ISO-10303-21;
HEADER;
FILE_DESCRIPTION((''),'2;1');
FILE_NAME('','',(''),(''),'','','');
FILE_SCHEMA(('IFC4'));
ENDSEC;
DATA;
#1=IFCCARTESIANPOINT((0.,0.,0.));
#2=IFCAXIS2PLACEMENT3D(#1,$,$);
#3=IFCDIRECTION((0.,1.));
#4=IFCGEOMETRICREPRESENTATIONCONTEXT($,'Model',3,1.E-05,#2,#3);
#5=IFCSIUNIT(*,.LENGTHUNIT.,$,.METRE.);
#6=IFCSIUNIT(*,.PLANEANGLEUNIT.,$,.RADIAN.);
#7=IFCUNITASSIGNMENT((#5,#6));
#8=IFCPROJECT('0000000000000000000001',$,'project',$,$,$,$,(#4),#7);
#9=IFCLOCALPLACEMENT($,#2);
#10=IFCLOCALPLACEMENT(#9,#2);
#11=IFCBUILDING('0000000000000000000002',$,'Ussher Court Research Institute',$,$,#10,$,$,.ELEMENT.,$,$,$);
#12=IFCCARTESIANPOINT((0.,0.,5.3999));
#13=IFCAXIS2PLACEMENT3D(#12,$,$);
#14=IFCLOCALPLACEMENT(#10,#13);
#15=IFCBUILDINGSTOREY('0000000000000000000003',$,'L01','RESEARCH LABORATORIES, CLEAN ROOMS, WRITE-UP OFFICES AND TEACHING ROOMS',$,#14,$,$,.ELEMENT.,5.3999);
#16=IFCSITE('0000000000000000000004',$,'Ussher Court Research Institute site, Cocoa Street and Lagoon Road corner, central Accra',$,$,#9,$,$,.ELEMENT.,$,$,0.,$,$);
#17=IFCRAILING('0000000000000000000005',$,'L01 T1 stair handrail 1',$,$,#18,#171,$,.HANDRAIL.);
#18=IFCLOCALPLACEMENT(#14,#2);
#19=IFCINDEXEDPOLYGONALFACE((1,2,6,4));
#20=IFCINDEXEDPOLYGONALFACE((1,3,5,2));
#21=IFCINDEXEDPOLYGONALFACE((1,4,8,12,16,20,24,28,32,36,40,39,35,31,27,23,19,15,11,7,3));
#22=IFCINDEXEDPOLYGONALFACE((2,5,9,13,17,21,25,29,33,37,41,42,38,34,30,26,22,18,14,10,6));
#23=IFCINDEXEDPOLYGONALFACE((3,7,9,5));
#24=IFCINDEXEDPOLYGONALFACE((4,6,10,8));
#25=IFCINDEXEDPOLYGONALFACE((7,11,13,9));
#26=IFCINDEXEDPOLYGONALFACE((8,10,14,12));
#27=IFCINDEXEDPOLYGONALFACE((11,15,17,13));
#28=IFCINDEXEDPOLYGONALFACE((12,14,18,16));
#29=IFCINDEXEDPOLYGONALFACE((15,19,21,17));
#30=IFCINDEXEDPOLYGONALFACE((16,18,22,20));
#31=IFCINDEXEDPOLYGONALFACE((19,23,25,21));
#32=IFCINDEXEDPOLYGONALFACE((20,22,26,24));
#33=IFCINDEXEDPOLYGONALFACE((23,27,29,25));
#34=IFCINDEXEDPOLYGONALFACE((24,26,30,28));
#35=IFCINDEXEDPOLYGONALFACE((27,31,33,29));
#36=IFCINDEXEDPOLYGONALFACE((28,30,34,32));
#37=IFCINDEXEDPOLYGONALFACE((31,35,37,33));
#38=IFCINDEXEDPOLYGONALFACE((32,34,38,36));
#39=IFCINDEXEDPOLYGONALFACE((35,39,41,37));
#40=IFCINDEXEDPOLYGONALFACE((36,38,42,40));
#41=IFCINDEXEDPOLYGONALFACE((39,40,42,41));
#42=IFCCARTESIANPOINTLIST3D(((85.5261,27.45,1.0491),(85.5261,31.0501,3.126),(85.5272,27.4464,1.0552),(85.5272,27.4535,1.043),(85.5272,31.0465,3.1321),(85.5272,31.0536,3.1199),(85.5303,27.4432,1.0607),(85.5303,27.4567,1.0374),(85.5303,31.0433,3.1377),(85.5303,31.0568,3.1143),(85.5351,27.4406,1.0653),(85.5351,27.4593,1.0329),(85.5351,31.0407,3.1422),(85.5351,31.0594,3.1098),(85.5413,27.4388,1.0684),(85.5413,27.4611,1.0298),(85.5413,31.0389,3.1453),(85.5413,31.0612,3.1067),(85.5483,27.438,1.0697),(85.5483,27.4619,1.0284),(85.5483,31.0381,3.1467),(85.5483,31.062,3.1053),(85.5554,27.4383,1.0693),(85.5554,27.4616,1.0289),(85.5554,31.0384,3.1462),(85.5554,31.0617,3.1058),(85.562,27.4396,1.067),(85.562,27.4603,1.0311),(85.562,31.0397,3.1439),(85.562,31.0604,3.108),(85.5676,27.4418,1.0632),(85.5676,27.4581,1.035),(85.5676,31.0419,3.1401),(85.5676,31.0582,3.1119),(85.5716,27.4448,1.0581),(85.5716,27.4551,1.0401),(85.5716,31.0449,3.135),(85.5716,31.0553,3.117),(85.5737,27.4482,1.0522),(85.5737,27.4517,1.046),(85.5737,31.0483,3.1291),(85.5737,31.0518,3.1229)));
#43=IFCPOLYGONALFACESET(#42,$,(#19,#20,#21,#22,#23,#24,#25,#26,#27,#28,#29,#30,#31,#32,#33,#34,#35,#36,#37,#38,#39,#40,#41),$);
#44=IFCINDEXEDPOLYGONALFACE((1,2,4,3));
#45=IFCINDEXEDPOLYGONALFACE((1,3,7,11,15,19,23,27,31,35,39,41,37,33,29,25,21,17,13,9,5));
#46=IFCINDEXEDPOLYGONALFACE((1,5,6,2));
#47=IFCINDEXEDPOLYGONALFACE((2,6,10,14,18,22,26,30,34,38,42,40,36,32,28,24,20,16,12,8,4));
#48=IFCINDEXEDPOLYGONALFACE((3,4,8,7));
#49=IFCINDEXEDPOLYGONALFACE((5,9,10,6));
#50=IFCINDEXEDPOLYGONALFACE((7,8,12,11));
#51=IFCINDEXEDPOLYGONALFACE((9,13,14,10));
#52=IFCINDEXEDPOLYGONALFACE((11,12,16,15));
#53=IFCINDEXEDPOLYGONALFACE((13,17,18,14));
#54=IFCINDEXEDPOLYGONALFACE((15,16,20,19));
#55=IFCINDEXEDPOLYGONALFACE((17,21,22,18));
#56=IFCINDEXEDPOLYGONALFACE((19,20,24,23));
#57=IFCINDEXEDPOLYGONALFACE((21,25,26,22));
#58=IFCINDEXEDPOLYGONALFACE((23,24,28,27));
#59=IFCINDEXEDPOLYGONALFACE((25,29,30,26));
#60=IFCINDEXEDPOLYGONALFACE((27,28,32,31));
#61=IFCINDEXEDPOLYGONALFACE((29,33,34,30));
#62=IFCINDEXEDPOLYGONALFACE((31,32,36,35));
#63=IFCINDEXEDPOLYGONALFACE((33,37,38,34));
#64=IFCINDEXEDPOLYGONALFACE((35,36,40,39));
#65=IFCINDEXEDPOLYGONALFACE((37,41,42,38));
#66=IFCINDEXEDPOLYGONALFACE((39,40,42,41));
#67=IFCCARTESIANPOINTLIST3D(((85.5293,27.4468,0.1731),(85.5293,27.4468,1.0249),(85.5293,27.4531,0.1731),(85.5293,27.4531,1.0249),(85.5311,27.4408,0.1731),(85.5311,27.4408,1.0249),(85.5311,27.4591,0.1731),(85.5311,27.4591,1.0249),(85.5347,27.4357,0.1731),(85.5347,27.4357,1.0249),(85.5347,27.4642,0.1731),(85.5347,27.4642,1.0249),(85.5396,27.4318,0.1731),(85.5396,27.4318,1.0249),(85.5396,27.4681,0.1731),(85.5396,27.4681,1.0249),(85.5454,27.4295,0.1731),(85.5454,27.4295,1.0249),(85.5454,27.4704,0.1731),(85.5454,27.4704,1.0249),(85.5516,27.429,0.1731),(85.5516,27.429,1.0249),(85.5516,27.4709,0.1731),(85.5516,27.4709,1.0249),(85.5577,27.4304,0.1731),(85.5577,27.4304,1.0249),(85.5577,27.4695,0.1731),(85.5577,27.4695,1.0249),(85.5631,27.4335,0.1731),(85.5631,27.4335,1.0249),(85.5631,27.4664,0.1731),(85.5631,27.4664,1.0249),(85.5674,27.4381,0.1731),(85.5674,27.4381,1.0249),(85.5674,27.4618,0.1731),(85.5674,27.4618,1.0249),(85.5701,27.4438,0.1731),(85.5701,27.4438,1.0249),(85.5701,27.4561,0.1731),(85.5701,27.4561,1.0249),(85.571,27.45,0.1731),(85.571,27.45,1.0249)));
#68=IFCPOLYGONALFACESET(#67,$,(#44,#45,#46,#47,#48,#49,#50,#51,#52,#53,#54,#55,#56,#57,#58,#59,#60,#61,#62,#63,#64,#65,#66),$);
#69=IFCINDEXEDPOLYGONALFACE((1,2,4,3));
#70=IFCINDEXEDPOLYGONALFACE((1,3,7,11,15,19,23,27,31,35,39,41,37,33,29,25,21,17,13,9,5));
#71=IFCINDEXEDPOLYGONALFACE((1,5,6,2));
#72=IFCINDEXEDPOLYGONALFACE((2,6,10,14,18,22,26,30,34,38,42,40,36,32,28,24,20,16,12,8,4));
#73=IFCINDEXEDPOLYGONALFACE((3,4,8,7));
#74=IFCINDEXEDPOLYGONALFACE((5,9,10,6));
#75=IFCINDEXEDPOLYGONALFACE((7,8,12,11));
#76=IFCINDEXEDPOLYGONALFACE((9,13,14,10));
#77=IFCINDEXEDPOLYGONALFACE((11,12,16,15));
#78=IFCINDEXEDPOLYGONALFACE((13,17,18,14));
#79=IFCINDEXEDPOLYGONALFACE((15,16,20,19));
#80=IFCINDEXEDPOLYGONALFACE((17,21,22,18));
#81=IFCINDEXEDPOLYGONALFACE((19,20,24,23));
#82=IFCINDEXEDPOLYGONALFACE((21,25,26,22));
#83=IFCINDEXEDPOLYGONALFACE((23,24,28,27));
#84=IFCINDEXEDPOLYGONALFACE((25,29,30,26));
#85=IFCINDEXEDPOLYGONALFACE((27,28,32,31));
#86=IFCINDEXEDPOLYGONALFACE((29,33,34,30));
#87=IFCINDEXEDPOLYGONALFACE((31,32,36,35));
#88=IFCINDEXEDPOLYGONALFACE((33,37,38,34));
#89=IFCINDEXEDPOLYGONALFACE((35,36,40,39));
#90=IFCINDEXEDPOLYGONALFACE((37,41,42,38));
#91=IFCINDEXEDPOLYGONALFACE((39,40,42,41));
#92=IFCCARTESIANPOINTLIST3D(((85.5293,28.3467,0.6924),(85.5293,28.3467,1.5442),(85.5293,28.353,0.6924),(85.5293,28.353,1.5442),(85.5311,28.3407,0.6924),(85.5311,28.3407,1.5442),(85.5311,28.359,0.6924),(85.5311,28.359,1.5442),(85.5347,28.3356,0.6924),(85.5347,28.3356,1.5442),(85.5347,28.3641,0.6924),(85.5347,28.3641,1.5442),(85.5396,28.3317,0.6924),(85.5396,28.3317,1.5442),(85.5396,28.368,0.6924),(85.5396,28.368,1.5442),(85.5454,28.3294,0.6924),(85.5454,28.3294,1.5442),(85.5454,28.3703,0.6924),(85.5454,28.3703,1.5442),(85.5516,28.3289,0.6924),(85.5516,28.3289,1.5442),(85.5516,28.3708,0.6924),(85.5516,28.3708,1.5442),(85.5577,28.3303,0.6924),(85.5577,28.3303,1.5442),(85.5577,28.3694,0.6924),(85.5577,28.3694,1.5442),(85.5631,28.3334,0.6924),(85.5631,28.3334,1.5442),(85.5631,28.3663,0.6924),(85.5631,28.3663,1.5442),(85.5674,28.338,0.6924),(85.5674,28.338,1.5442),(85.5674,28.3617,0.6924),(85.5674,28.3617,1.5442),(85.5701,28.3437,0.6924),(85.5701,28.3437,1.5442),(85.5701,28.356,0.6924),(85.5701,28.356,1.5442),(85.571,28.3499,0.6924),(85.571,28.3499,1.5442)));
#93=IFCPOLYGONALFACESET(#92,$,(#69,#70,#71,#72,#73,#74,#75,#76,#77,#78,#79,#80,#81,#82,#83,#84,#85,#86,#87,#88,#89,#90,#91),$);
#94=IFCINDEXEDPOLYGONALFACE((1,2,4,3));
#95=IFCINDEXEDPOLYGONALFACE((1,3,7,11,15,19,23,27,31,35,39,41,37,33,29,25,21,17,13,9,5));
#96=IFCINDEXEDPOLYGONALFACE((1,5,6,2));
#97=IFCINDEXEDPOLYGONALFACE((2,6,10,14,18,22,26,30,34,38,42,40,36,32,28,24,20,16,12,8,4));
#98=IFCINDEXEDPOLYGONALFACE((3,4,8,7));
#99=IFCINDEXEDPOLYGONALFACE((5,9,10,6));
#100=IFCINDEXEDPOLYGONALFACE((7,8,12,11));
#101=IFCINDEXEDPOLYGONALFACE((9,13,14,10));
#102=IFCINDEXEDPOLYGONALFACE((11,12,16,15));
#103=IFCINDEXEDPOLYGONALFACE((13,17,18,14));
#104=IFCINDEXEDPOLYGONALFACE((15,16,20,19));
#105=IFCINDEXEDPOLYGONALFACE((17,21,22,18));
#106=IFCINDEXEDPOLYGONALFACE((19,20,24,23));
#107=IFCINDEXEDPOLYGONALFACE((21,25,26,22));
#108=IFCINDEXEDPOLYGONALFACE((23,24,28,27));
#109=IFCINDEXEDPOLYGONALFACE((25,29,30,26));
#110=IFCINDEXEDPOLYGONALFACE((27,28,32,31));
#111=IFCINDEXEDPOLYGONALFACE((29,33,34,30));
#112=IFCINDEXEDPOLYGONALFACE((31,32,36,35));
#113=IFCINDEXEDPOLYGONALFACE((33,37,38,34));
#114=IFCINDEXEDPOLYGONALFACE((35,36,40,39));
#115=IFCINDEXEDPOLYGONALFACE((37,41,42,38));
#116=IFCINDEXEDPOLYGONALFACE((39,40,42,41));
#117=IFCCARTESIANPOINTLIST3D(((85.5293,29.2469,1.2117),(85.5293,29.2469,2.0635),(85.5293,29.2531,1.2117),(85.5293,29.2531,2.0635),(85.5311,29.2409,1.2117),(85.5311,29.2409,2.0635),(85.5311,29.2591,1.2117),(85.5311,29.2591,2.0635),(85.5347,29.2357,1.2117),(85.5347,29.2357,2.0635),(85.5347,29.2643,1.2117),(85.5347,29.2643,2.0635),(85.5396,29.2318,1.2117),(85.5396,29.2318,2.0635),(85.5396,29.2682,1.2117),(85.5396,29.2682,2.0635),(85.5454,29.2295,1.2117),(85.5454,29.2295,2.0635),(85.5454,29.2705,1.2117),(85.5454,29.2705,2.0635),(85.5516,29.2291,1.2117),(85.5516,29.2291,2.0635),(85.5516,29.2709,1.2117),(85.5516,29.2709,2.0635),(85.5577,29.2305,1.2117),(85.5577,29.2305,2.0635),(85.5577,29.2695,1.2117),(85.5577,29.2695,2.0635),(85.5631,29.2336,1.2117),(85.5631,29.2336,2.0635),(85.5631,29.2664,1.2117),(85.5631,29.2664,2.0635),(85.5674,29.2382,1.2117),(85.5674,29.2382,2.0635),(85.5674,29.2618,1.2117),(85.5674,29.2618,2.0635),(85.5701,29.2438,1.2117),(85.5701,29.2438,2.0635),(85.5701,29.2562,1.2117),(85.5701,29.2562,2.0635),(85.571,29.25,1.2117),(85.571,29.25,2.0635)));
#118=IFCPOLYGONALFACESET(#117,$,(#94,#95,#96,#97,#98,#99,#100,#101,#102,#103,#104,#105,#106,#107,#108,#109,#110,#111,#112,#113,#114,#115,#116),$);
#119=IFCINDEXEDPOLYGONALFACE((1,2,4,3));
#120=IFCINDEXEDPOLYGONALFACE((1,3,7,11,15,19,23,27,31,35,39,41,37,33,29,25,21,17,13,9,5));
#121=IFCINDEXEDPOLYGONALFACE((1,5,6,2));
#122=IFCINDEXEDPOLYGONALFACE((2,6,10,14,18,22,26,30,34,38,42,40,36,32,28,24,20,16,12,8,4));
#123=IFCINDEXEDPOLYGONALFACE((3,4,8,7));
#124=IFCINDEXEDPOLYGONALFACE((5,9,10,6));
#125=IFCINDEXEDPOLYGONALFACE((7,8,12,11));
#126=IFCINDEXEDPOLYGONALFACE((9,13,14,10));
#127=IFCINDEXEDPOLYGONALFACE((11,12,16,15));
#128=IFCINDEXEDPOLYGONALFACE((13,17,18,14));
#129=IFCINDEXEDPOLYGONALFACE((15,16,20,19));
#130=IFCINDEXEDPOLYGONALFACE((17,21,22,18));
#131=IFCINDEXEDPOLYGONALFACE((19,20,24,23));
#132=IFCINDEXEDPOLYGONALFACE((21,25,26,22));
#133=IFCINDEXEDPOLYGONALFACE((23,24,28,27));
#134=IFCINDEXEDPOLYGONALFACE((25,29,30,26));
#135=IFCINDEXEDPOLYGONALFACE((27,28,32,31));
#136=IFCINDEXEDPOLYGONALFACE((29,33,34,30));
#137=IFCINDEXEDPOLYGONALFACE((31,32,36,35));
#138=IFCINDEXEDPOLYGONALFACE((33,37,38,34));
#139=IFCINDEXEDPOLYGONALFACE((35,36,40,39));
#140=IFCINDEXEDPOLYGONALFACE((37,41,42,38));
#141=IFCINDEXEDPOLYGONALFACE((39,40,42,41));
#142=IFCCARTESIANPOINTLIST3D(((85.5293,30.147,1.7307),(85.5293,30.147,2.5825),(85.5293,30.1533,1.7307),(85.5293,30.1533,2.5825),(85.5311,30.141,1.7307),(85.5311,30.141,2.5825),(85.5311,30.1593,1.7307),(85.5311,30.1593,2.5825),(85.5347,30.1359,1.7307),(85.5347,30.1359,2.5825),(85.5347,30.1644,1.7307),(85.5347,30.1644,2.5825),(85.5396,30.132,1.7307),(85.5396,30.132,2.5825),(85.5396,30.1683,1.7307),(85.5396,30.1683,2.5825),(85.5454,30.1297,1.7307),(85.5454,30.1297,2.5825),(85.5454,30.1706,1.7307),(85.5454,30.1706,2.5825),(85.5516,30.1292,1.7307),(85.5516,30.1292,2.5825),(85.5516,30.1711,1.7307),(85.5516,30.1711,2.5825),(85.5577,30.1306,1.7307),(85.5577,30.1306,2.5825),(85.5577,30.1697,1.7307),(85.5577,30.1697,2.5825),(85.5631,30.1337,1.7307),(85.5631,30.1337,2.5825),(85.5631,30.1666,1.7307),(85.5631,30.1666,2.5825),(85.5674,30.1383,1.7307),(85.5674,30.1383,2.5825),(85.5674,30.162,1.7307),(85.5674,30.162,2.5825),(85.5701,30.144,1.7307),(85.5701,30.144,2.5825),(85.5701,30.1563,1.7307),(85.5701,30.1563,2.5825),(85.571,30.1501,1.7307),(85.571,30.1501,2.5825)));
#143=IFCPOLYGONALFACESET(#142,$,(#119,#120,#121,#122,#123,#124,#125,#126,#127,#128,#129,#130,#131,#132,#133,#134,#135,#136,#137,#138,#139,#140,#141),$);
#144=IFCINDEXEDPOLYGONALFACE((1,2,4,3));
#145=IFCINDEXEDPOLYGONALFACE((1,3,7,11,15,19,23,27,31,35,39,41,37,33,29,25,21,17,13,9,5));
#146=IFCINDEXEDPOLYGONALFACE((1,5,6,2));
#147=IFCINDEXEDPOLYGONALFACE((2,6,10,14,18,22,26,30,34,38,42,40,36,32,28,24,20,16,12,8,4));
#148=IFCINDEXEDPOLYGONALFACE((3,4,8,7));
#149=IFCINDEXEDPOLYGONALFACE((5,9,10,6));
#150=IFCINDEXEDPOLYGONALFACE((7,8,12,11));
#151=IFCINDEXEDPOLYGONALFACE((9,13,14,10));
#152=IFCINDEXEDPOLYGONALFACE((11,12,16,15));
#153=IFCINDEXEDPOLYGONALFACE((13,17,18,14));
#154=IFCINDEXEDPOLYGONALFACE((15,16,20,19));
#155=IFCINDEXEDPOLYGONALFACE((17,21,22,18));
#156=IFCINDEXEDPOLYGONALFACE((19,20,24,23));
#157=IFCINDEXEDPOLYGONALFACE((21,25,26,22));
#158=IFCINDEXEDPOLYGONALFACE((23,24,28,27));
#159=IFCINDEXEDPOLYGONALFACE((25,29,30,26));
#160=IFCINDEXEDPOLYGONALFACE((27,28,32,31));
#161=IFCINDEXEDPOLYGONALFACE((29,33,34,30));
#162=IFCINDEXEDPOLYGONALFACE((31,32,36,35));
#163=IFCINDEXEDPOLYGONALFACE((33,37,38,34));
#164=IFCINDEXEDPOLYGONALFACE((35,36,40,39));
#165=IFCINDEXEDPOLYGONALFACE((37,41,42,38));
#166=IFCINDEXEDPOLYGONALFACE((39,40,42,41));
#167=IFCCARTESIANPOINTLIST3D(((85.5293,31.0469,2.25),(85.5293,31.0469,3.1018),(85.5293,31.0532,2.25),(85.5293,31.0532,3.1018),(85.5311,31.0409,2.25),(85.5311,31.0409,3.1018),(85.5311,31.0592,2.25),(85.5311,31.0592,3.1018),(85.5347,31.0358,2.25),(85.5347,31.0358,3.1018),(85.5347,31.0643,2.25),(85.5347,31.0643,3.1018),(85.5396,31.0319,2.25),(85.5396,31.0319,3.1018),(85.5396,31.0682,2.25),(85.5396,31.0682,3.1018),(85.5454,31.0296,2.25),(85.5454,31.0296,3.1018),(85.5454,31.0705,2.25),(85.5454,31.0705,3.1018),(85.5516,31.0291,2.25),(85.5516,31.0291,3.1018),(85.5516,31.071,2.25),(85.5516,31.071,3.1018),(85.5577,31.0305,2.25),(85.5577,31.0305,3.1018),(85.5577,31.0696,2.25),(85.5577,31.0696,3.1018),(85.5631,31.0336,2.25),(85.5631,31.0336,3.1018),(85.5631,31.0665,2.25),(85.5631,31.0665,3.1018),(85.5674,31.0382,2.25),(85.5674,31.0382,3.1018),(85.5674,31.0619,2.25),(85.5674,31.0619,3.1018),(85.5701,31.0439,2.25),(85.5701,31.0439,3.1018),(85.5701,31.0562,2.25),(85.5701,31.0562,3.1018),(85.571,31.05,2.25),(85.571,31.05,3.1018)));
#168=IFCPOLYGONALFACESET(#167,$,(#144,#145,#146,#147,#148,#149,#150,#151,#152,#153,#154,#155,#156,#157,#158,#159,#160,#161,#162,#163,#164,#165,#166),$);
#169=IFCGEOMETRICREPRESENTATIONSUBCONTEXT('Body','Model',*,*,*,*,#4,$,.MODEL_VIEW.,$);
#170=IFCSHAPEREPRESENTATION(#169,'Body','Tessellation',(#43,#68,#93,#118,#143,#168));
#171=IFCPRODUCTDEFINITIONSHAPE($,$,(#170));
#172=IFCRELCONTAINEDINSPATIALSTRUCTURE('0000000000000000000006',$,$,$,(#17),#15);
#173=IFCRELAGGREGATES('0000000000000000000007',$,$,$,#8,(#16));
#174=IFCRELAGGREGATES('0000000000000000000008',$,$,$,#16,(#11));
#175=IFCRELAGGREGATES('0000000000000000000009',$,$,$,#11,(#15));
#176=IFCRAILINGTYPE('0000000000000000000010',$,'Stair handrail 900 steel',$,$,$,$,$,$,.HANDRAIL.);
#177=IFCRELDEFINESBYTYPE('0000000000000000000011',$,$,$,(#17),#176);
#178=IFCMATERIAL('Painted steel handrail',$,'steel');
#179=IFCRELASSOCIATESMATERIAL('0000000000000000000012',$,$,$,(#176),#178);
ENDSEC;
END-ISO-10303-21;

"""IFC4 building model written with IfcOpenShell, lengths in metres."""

from ifc_helpers import new_model, si_unit, direction, frame, origin, origin_2d, place, context, subcontext, project, spatial, circle, extrude, material, type_object, element, save


model = new_model("IFC4")

# Units and contexts
model_context = context("Model", 3, precision=1e-05, world=origin(), true_north=direction((0.0, 1.0)))
body_context = subcontext(model_context, "Body", "Model", "MODEL_VIEW")
ifc_project = project(units=[si_unit("LENGTHUNIT", "METRE"), si_unit("PLANEANGLEUNIT", "RADIAN")], contexts=[model_context])

# Site, building, storey
site_placement = place(None, origin())
site = spatial("IfcSite", under=ifc_project, at=site_placement, Name="Ussher Court Research Institute site, Cocoa Street and Lagoon Road corner, central Accra", CompositionType="ELEMENT", RefElevation=0.0)
building_placement = place(site_placement, origin())
building = spatial("IfcBuilding", under=site, at=building_placement, Name="Ussher Court Research Institute", CompositionType="ELEMENT")
storey_placement = place(building_placement, frame((0.0, 0.0, 5.3999)))
storey = spatial("IfcBuildingStorey", under=building, at=storey_placement, Name="L01", Description="RESEARCH LABORATORIES, CLEAN ROOMS, WRITE-UP OFFICES AND TEACHING ROOMS", CompositionType="ELEMENT", Elevation=5.3999)

# Railing
ifc_material_1 = material(Name="Painted steel handrail", Category="steel")
railing_type_1 = type_object("IfcRailingType", Name="Stair handrail 900 steel", PredefinedType="HANDRAIL", material=ifc_material_1)
railing_1_placement = place(storey_placement, frame((85.55, 27.45, 0.1731)))
element("IfcRailing", 1, at=railing_1_placement, inside=storey, type_object=railing_type_1, Name="L01 T1 stair handrail 1", PredefinedType="HANDRAIL", context=body_context, shape_type="SweptSolid", body=[
    extrude(circle(Radius=0.0239, at=origin_2d()), frame((0.0, 0.0, 0.876), z_axis=(0.0, 0.866193, 0.499709), x_axis=(-1.0, 0.0, 0.0)), (0.0, 0.0, 1.0), 4.1562),
    extrude(circle(Radius=0.021, at=origin_2d()), origin(), (0.0, 0.0, 1.0), 0.8518),
    extrude(circle(Radius=0.021, at=origin_2d()), frame((0.0, 0.8999, 0.5193)), (0.0, 0.0, 1.0), 0.8518),
    extrude(circle(Radius=0.021, at=origin_2d()), frame((0.0, 1.8, 1.0386)), (0.0, 0.0, 1.0), 0.8518),
    extrude(circle(Radius=0.021, at=origin_2d()), frame((0.0, 2.7002, 1.5576)), (0.0, 0.0, 1.0), 0.8518),
    extrude(circle(Radius=0.021, at=origin_2d()), frame((0.0, 3.6001, 2.0769)), (0.0, 0.0, 1.0), 0.8518),
])

save(model, "model.ifc")
